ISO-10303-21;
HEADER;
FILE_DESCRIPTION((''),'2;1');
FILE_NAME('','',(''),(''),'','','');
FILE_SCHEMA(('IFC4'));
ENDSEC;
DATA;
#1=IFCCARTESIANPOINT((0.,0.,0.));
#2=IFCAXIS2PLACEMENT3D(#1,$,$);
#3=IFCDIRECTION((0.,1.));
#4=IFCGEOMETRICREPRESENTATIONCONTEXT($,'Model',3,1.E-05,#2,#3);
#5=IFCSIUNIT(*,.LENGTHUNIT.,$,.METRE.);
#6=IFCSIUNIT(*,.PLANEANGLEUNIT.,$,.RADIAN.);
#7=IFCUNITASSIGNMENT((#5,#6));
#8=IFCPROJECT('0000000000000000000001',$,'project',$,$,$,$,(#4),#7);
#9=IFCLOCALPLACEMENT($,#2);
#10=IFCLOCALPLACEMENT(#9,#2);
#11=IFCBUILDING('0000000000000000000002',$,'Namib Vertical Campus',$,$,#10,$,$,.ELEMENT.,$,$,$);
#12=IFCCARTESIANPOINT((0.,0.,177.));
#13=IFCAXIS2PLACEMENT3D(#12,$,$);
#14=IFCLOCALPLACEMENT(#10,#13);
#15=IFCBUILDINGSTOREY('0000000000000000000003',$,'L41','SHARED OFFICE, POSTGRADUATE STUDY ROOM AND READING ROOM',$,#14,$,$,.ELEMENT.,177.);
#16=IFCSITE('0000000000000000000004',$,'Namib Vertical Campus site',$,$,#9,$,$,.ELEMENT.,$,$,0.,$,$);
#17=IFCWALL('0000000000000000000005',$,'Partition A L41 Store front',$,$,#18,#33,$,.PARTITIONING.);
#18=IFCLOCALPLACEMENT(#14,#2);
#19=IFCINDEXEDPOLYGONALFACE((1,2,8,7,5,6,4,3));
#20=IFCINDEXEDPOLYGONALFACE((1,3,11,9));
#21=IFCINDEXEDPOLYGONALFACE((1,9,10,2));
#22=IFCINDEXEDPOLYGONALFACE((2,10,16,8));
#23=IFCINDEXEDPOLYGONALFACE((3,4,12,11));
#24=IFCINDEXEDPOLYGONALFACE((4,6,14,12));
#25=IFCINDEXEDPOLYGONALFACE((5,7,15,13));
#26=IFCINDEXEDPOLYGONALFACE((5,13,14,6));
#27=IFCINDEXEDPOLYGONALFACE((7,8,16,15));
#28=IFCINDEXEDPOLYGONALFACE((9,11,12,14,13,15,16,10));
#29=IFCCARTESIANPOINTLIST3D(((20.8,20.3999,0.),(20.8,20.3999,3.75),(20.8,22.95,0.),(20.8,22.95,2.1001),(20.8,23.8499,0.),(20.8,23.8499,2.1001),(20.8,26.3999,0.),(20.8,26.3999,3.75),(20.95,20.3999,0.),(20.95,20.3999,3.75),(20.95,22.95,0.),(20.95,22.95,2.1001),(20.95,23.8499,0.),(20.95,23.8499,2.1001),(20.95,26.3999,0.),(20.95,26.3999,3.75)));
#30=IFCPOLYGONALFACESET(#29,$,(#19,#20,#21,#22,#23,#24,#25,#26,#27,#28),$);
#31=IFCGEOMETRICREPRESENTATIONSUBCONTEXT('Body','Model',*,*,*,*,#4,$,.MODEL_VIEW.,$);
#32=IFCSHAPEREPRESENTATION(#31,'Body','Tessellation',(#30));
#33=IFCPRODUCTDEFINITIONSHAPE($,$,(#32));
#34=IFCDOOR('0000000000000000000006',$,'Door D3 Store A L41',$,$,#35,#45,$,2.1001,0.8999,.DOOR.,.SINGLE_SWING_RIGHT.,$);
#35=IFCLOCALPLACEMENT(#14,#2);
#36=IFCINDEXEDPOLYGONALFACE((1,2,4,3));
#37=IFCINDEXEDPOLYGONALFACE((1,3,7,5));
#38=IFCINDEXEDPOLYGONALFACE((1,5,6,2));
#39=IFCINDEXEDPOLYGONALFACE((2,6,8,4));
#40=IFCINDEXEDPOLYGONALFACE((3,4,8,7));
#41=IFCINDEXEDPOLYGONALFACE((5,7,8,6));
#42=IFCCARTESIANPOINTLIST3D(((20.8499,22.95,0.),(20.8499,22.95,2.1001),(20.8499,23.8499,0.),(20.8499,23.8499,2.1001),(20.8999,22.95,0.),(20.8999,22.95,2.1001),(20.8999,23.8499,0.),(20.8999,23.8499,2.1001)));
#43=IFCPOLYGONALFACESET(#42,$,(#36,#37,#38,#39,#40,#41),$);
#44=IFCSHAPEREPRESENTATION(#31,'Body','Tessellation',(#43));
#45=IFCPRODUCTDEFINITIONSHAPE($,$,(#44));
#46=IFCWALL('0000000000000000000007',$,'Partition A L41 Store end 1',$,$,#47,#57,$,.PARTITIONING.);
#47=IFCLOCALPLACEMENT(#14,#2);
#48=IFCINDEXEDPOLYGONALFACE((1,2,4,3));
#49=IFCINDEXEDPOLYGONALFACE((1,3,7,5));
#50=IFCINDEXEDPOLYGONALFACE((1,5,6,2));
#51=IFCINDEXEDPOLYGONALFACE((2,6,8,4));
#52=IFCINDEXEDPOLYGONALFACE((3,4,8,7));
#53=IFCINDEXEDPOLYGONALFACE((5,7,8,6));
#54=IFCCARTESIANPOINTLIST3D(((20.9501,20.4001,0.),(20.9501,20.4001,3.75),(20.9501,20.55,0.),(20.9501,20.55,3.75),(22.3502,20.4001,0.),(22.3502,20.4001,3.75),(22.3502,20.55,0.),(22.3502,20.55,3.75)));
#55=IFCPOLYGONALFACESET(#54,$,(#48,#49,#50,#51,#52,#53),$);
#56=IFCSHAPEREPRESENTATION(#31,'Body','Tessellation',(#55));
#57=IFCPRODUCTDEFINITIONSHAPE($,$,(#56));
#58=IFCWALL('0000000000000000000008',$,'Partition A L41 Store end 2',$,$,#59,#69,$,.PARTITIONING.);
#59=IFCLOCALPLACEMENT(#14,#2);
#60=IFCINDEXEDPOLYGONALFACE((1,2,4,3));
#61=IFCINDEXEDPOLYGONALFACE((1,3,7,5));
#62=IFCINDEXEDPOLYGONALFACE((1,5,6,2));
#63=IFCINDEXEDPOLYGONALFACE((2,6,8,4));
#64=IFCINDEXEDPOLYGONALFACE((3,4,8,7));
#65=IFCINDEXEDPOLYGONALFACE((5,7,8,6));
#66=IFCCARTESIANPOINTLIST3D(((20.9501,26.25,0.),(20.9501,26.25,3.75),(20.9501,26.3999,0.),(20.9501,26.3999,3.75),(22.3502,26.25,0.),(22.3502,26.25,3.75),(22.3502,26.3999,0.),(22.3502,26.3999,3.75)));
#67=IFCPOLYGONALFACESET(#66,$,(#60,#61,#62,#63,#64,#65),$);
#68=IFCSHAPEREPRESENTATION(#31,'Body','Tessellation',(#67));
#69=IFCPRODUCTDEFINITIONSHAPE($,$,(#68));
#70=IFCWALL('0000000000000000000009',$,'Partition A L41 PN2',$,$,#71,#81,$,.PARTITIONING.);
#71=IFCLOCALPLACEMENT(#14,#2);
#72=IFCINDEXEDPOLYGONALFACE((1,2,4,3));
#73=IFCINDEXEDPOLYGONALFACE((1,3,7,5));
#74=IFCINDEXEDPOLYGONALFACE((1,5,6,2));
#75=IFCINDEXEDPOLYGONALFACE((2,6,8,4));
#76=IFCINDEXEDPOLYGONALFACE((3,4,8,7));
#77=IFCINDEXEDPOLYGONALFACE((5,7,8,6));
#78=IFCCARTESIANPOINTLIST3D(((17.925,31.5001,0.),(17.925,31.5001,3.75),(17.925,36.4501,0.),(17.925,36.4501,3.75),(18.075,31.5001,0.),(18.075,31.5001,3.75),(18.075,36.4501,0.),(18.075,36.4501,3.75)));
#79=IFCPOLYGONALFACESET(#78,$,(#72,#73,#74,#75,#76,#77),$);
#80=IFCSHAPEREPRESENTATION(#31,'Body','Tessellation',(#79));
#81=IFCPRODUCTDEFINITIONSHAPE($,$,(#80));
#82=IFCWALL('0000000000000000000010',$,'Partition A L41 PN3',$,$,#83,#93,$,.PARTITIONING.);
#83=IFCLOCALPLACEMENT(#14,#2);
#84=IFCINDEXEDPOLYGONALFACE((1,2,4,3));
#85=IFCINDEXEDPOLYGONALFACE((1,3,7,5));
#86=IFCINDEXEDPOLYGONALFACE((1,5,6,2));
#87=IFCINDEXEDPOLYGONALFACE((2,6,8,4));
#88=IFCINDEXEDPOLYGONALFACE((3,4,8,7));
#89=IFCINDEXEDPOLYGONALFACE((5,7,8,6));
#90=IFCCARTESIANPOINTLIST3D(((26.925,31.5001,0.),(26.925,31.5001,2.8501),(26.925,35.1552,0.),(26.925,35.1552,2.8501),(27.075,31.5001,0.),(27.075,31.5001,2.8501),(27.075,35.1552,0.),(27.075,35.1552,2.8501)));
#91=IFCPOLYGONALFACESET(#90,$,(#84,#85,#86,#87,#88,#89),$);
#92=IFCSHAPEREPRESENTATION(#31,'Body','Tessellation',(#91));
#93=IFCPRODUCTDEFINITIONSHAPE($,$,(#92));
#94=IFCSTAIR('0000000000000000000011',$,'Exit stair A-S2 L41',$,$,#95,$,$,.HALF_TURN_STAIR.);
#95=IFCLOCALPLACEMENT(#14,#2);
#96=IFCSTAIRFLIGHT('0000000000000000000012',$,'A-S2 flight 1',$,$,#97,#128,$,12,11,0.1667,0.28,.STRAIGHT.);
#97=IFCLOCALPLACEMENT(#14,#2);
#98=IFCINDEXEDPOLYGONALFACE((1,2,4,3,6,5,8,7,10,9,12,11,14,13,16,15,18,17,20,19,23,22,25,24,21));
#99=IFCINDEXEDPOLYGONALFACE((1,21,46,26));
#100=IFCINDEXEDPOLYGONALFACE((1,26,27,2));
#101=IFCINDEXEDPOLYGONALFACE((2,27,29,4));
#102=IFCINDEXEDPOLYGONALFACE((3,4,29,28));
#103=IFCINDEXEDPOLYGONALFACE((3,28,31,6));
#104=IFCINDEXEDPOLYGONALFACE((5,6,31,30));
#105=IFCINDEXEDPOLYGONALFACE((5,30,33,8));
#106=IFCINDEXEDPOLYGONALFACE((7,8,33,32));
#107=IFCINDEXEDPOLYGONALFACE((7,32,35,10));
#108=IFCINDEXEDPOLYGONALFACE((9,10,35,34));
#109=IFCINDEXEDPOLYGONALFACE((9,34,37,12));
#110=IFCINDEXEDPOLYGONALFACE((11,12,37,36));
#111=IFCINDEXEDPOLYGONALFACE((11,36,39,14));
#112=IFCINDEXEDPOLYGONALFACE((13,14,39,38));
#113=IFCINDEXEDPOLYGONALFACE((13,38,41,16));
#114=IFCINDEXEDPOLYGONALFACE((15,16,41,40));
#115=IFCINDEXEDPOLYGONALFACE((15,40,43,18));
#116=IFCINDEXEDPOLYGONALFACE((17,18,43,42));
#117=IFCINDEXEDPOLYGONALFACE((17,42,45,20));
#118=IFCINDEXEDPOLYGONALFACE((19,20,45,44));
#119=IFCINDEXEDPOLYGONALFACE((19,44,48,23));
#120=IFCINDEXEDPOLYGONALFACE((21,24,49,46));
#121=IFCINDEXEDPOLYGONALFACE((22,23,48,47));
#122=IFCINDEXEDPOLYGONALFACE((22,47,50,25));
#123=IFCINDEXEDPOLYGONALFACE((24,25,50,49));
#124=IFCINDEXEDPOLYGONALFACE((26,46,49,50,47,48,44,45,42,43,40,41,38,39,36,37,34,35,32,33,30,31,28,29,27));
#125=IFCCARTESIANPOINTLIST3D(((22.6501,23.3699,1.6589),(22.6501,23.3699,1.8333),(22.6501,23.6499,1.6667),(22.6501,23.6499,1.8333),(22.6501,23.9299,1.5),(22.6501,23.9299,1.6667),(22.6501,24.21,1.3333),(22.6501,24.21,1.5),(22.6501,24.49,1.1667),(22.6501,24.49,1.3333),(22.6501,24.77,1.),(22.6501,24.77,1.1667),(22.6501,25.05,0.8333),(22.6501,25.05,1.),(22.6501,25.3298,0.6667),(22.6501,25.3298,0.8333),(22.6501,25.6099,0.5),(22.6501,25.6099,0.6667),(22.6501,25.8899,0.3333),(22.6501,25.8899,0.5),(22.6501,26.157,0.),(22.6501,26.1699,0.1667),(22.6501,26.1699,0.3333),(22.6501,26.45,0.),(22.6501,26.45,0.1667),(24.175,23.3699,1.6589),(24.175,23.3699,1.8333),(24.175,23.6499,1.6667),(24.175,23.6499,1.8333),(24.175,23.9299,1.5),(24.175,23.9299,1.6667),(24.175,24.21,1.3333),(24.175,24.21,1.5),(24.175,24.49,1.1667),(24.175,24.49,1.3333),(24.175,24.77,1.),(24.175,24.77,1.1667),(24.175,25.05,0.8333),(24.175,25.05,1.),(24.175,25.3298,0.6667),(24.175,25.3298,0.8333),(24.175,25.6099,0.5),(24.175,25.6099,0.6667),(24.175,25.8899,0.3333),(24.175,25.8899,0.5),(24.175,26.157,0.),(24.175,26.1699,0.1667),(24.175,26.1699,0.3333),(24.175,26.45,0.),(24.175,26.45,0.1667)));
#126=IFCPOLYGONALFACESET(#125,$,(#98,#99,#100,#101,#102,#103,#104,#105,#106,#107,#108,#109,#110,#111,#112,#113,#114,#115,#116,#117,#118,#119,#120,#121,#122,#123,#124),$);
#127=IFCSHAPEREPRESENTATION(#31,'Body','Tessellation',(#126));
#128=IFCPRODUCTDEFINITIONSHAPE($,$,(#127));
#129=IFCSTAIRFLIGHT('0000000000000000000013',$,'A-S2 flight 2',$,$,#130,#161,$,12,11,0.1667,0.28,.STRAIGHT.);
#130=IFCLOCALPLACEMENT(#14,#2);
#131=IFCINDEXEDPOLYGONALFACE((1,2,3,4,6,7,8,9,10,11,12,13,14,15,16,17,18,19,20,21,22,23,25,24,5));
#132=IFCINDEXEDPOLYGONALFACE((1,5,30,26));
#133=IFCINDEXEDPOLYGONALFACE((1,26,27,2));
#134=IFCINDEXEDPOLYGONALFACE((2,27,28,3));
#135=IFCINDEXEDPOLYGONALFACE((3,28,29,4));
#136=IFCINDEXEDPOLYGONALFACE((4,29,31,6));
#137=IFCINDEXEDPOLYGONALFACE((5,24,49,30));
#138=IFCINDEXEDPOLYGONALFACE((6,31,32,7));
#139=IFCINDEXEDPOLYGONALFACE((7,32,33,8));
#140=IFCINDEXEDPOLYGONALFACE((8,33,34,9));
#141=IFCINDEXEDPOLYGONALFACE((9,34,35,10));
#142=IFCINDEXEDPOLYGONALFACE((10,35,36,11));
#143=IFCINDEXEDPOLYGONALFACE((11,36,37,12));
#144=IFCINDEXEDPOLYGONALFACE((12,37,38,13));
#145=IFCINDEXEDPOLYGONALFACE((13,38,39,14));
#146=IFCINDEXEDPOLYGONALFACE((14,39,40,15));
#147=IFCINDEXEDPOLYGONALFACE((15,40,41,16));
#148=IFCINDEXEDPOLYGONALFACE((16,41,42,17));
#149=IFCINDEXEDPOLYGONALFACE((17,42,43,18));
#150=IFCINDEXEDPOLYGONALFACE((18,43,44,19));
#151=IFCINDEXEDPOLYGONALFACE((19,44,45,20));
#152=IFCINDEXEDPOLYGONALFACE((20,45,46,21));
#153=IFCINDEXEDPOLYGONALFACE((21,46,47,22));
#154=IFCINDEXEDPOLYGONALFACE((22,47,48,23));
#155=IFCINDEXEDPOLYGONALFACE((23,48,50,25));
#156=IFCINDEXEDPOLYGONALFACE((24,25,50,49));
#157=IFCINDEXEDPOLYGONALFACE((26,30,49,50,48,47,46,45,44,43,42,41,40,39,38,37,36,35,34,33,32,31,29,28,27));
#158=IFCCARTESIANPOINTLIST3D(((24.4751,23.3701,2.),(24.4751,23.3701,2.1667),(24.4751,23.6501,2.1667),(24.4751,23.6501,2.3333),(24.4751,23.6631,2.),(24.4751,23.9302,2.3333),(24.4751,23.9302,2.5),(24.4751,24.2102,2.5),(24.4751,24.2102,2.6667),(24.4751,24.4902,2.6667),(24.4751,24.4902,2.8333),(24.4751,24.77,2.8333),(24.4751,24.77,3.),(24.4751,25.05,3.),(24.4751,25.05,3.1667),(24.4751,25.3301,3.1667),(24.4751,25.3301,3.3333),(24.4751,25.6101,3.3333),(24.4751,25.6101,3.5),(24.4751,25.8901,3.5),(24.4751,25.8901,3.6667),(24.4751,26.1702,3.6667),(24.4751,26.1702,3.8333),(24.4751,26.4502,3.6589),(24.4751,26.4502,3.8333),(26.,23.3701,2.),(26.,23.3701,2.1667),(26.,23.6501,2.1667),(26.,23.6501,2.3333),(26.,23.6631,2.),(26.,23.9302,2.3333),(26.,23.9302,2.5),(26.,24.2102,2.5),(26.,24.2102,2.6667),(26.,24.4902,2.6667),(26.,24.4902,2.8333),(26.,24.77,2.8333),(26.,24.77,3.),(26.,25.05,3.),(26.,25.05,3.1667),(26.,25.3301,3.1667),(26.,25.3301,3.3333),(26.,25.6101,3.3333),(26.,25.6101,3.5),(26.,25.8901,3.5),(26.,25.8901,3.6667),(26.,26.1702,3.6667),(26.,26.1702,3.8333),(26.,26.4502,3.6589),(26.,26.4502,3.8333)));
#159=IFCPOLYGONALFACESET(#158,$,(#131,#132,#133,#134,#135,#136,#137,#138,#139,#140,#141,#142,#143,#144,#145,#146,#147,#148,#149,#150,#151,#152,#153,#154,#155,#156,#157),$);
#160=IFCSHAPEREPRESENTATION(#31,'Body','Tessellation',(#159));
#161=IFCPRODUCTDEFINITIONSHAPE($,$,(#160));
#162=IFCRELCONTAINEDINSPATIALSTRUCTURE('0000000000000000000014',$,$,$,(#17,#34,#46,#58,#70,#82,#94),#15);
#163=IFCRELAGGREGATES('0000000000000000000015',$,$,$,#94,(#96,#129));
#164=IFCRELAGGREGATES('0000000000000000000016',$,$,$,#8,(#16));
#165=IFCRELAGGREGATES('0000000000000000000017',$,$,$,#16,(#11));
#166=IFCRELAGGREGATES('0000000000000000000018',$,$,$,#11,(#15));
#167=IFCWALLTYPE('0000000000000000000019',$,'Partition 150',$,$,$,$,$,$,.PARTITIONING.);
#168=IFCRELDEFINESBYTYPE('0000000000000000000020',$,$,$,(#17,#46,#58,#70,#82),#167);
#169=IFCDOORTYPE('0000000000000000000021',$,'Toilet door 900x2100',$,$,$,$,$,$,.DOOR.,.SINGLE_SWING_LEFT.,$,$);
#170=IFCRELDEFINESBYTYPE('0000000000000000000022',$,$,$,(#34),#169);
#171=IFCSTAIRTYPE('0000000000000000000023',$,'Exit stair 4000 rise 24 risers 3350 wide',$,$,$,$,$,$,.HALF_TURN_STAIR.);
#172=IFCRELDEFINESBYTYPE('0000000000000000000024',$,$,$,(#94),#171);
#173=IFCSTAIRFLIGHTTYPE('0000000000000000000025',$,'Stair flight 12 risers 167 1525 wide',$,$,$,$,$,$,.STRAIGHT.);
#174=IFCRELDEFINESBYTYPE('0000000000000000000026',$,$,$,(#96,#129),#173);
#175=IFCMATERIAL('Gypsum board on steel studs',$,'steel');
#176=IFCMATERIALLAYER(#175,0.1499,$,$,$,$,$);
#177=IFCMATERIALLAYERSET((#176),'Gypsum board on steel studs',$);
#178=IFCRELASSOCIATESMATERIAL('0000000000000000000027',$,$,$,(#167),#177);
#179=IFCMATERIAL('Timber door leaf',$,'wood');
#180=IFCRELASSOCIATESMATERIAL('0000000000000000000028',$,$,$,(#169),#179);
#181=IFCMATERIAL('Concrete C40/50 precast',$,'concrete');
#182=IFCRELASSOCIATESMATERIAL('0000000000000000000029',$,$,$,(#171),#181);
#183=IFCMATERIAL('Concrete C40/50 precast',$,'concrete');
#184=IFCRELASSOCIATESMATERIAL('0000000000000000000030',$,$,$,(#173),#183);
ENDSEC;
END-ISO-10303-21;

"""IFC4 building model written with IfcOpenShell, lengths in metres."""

from ifc_helpers import new_model, si_unit, direction, frame, frame_2d, origin, place, context, subcontext, project, spatial, polyline, rectangle, outline, extrude, material, layer, layer_set, type_object, element, fill, aggregate, save


model = new_model("IFC4")

# Units and contexts
model_context = context("Model", 3, precision=1e-05, world=origin(), true_north=direction((0.0, 1.0)))
body_context = subcontext(model_context, "Body", "Model", "MODEL_VIEW")
ifc_project = project(units=[si_unit("LENGTHUNIT", "METRE"), si_unit("PLANEANGLEUNIT", "RADIAN")], contexts=[model_context])

# Site, building, storey
site_placement = place(None, origin())
site = spatial("IfcSite", under=ifc_project, at=site_placement, Name="Namib Vertical Campus site", CompositionType="ELEMENT", RefElevation=0.0)
building_placement = place(site_placement, origin())
building = spatial("IfcBuilding", under=site, at=building_placement, Name="Namib Vertical Campus", CompositionType="ELEMENT")
storey_placement = place(building_placement, frame((0.0, 0.0, 177.0)))
storey = spatial("IfcBuildingStorey", under=building, at=storey_placement, Name="L41", Description="SHARED OFFICE, POSTGRADUATE STUDY ROOM AND READING ROOM", CompositionType="ELEMENT", Elevation=177.0)

# Wall, opening, door
ifc_material_1 = material(Name="Gypsum board on steel studs", Category="steel")
ifc_layer_1 = layer(ifc_material_1, 0.1499)
ifc_layer_set_1 = layer_set([ifc_layer_1], Name="Gypsum board on steel studs")
wall_type_1 = type_object("IfcWallType", Name="Partition 150", PredefinedType="PARTITIONING", material=ifc_layer_set_1)
wall_1_placement = place(storey_placement, frame((20.875, 20.3999, 0.0), z_axis=(0.0, 0.0, 1.0), x_axis=(0.0, 1.0, 0.0)))
wall_1 = element("IfcWall", 1, at=wall_1_placement, inside=storey, type_object=wall_type_1, Name="Partition A L41 Store front", PredefinedType="PARTITIONING", context=body_context, shape_type="SweptSolid", body=[
    extrude(rectangle(XDim=6.0, YDim=0.1499, at=frame_2d((3.0, 0.0))), origin(), (0.0, 0.0, 1.0), 3.75),
])
opening_1_placement = place(wall_1_placement, frame((2.55, 0.0, 0.0)))
opening_1 = element("IfcOpeningElement", 2, at=opening_1_placement, cuts=wall_1, PredefinedType="OPENING", context=body_context, shape_type="SweptSolid", body=[
    extrude(rectangle(XDim=0.8999, YDim=2.1001, at=frame_2d((0.45, 1.05))), frame((0.0, 0.085, 0.0), z_axis=(0.0, -1.0, 0.0), x_axis=(1.0, 0.0, 0.0)), (0.0, 0.0, 1.0), 0.1699),
])
ifc_material_2 = material(Name="Timber door leaf", Category="wood")
door_type_1 = type_object("IfcDoorType", Name="Toilet door 900x2100", OperationType="SINGLE_SWING_LEFT", PredefinedType="DOOR", material=ifc_material_2)
door_1_placement = place(opening_1_placement, frame((0.8999, 0.0, 0.0), z_axis=(0.0, 0.0, 1.0), x_axis=(-1.0, 0.0, 0.0)))
door_1 = element("IfcDoor", 3, at=door_1_placement, inside=storey, type_object=door_type_1, Name="Door D3 Store A L41", OperationType="SINGLE_SWING_RIGHT", OverallHeight=2.1001, OverallWidth=0.8999, PredefinedType="DOOR", context=body_context, shape_type="SweptSolid", body=[
    extrude(rectangle(XDim=0.8999, YDim=2.1001, at=frame_2d((0.45, 1.05))), frame((0.0, 0.0249, 0.0), z_axis=(0.0, -1.0, 0.0), x_axis=(1.0, 0.0, 0.0)), (0.0, 0.0, 1.0), 0.05),
])
fill(opening_1, door_1)

# Walls
for number, where, z_axis, x_axis, name in (
    (4, (20.95, 20.4751, 0.0), (0.0, 0.0, 1.0), (1.0, 0.0, 0.0), "Partition A L41 Store end 1"),
    (5, (20.95, 26.325, 0.0), (0.0, 0.0, 1.0), (1.0, 0.0, 0.0), "Partition A L41 Store end 2"),
):
    element("IfcWall", number, at=place(storey_placement, frame(where, z_axis=z_axis, x_axis=x_axis)), inside=storey, type_object=wall_type_1, Name=name, PredefinedType="PARTITIONING", context=body_context, shape_type="SweptSolid", body=[
        extrude(rectangle(XDim=1.4001, YDim=0.1499, at=frame_2d((0.7002, 0.0))), origin(), (0.0, 0.0, 1.0), 3.75),
    ])
wall_2_placement = place(storey_placement, frame((18.0, 31.5, 0.0), z_axis=(0.0, 0.0, 1.0), x_axis=(0.0, 1.0, 0.0)))
element("IfcWall", 6, at=wall_2_placement, inside=storey, type_object=wall_type_1, Name="Partition A L41 PN2", PredefinedType="PARTITIONING", context=body_context, shape_type="SweptSolid", body=[
    extrude(rectangle(XDim=4.95, YDim=0.1499, at=frame_2d((2.4751, 0.0))), origin(), (0.0, 0.0, 1.0), 3.75),
])
wall_3_placement = place(storey_placement, frame((27.0, 31.5, 0.0), z_axis=(0.0, 0.0, 1.0), x_axis=(0.0, 1.0, 0.0)))
element("IfcWall", 7, at=wall_3_placement, inside=storey, type_object=wall_type_1, Name="Partition A L41 PN3", PredefinedType="PARTITIONING", context=body_context, shape_type="SweptSolid", body=[
    extrude(rectangle(XDim=3.655, YDim=0.1499, at=frame_2d((1.8276, 0.0))), origin(), (0.0, 0.0, 1.0), 2.8501),
])

# Stair, stair flights
ifc_material_3 = material(Name="Concrete C40/50 precast", Category="concrete")
stair_type = type_object("IfcStairType", Name="Exit stair 4000 rise 24 risers 3350 wide", PredefinedType="HALF_TURN_STAIR", material=ifc_material_3)
stair_placement = place(storey_placement, origin())
stair = element("IfcStair", 8, at=stair_placement, inside=storey, type_object=stair_type, Name="Exit stair A-S2 L41", PredefinedType="HALF_TURN_STAIR")
ifc_material_4 = material(Name="Concrete C40/50 precast", Category="concrete")
stair_flight_type = type_object("IfcStairFlightType", Name="Stair flight 12 risers 167 1525 wide", PredefinedType="STRAIGHT", material=ifc_material_4)
stair_flight_1_placement = place(storey_placement, frame((23.4126, 26.45, 0.0), z_axis=(0.0, 0.0, 1.0), x_axis=(0.0, -1.0, 0.0)))
stair_flight_1 = element("IfcStairFlight", 9, at=stair_flight_1_placement, type_object=stair_flight_type, Name="A-S2 flight 1", NumberOfRisers=12, NumberOfTreads=11, PredefinedType="STRAIGHT", RiserHeight=0.1667, TreadLength=0.28, context=body_context, shape_type="SweptSolid", body=[
    extrude(outline(polyline([(0.0, 0.0), (0.0, 0.1667), (0.28, 0.1667), (0.28, 0.3333), (0.5601, 0.3333), (0.5601, 0.5), (0.8401, 0.5), (0.8401, 0.6667), (1.1201, 0.6667), (1.1201, 0.8333), (1.3999, 0.8333), (1.3999, 1.0), (1.6799, 1.0), (1.6799, 1.1667), (1.96, 1.1667), (1.96, 1.3333), (2.24, 1.3333), (2.24, 1.5), (2.52, 1.5), (2.52, 1.6667), (2.8, 1.6667), (2.8, 1.8333), (3.0801, 1.8333), (3.0801, 2.0), (3.0801, 1.6589), (0.293, 0.0), (0.0, 0.0)])), frame((0.0, 0.7625, 0.0), z_axis=(0.0, -1.0, 0.0), x_axis=(1.0, 0.0, 0.0)), (0.0, 0.0, 1.0), 1.5249),
])
stair_flight_2_placement = place(storey_placement, frame((25.2375, 23.3701, 2.0), z_axis=(0.0, 0.0, 1.0), x_axis=(0.0, 1.0, 0.0)))
stair_flight_2 = element("IfcStairFlight", 10, at=stair_flight_2_placement, type_object=stair_flight_type, Name="A-S2 flight 2", NumberOfRisers=12, NumberOfTreads=11, PredefinedType="STRAIGHT", RiserHeight=0.1667, TreadLength=0.28, context=body_context, shape_type="SweptSolid", body=[
    extrude(outline(polyline([(0.0, 0.0), (0.0, 0.1667), (0.28, 0.1667), (0.28, 0.3333), (0.5601, 0.3333), (0.5601, 0.5), (0.8401, 0.5), (0.8401, 0.6667), (1.1201, 0.6667), (1.1201, 0.8333), (1.3999, 0.8333), (1.3999, 1.0), (1.6799, 1.0), (1.6799, 1.1667), (1.96, 1.1667), (1.96, 1.3333), (2.24, 1.3333), (2.24, 1.5), (2.52, 1.5), (2.52, 1.6667), (2.8, 1.6667), (2.8, 1.8333), (3.0801, 1.8333), (3.0801, 2.0), (3.0801, 1.6589), (0.293, 0.0), (0.0, 0.0)])), frame((0.0, 0.7625, 0.0), z_axis=(0.0, -1.0, 0.0), x_axis=(1.0, 0.0, 0.0)), (0.0, 0.0, 1.0), 1.5249),
])
aggregate(stair, [stair_flight_1, stair_flight_2])

save(model, "model.ifc")
